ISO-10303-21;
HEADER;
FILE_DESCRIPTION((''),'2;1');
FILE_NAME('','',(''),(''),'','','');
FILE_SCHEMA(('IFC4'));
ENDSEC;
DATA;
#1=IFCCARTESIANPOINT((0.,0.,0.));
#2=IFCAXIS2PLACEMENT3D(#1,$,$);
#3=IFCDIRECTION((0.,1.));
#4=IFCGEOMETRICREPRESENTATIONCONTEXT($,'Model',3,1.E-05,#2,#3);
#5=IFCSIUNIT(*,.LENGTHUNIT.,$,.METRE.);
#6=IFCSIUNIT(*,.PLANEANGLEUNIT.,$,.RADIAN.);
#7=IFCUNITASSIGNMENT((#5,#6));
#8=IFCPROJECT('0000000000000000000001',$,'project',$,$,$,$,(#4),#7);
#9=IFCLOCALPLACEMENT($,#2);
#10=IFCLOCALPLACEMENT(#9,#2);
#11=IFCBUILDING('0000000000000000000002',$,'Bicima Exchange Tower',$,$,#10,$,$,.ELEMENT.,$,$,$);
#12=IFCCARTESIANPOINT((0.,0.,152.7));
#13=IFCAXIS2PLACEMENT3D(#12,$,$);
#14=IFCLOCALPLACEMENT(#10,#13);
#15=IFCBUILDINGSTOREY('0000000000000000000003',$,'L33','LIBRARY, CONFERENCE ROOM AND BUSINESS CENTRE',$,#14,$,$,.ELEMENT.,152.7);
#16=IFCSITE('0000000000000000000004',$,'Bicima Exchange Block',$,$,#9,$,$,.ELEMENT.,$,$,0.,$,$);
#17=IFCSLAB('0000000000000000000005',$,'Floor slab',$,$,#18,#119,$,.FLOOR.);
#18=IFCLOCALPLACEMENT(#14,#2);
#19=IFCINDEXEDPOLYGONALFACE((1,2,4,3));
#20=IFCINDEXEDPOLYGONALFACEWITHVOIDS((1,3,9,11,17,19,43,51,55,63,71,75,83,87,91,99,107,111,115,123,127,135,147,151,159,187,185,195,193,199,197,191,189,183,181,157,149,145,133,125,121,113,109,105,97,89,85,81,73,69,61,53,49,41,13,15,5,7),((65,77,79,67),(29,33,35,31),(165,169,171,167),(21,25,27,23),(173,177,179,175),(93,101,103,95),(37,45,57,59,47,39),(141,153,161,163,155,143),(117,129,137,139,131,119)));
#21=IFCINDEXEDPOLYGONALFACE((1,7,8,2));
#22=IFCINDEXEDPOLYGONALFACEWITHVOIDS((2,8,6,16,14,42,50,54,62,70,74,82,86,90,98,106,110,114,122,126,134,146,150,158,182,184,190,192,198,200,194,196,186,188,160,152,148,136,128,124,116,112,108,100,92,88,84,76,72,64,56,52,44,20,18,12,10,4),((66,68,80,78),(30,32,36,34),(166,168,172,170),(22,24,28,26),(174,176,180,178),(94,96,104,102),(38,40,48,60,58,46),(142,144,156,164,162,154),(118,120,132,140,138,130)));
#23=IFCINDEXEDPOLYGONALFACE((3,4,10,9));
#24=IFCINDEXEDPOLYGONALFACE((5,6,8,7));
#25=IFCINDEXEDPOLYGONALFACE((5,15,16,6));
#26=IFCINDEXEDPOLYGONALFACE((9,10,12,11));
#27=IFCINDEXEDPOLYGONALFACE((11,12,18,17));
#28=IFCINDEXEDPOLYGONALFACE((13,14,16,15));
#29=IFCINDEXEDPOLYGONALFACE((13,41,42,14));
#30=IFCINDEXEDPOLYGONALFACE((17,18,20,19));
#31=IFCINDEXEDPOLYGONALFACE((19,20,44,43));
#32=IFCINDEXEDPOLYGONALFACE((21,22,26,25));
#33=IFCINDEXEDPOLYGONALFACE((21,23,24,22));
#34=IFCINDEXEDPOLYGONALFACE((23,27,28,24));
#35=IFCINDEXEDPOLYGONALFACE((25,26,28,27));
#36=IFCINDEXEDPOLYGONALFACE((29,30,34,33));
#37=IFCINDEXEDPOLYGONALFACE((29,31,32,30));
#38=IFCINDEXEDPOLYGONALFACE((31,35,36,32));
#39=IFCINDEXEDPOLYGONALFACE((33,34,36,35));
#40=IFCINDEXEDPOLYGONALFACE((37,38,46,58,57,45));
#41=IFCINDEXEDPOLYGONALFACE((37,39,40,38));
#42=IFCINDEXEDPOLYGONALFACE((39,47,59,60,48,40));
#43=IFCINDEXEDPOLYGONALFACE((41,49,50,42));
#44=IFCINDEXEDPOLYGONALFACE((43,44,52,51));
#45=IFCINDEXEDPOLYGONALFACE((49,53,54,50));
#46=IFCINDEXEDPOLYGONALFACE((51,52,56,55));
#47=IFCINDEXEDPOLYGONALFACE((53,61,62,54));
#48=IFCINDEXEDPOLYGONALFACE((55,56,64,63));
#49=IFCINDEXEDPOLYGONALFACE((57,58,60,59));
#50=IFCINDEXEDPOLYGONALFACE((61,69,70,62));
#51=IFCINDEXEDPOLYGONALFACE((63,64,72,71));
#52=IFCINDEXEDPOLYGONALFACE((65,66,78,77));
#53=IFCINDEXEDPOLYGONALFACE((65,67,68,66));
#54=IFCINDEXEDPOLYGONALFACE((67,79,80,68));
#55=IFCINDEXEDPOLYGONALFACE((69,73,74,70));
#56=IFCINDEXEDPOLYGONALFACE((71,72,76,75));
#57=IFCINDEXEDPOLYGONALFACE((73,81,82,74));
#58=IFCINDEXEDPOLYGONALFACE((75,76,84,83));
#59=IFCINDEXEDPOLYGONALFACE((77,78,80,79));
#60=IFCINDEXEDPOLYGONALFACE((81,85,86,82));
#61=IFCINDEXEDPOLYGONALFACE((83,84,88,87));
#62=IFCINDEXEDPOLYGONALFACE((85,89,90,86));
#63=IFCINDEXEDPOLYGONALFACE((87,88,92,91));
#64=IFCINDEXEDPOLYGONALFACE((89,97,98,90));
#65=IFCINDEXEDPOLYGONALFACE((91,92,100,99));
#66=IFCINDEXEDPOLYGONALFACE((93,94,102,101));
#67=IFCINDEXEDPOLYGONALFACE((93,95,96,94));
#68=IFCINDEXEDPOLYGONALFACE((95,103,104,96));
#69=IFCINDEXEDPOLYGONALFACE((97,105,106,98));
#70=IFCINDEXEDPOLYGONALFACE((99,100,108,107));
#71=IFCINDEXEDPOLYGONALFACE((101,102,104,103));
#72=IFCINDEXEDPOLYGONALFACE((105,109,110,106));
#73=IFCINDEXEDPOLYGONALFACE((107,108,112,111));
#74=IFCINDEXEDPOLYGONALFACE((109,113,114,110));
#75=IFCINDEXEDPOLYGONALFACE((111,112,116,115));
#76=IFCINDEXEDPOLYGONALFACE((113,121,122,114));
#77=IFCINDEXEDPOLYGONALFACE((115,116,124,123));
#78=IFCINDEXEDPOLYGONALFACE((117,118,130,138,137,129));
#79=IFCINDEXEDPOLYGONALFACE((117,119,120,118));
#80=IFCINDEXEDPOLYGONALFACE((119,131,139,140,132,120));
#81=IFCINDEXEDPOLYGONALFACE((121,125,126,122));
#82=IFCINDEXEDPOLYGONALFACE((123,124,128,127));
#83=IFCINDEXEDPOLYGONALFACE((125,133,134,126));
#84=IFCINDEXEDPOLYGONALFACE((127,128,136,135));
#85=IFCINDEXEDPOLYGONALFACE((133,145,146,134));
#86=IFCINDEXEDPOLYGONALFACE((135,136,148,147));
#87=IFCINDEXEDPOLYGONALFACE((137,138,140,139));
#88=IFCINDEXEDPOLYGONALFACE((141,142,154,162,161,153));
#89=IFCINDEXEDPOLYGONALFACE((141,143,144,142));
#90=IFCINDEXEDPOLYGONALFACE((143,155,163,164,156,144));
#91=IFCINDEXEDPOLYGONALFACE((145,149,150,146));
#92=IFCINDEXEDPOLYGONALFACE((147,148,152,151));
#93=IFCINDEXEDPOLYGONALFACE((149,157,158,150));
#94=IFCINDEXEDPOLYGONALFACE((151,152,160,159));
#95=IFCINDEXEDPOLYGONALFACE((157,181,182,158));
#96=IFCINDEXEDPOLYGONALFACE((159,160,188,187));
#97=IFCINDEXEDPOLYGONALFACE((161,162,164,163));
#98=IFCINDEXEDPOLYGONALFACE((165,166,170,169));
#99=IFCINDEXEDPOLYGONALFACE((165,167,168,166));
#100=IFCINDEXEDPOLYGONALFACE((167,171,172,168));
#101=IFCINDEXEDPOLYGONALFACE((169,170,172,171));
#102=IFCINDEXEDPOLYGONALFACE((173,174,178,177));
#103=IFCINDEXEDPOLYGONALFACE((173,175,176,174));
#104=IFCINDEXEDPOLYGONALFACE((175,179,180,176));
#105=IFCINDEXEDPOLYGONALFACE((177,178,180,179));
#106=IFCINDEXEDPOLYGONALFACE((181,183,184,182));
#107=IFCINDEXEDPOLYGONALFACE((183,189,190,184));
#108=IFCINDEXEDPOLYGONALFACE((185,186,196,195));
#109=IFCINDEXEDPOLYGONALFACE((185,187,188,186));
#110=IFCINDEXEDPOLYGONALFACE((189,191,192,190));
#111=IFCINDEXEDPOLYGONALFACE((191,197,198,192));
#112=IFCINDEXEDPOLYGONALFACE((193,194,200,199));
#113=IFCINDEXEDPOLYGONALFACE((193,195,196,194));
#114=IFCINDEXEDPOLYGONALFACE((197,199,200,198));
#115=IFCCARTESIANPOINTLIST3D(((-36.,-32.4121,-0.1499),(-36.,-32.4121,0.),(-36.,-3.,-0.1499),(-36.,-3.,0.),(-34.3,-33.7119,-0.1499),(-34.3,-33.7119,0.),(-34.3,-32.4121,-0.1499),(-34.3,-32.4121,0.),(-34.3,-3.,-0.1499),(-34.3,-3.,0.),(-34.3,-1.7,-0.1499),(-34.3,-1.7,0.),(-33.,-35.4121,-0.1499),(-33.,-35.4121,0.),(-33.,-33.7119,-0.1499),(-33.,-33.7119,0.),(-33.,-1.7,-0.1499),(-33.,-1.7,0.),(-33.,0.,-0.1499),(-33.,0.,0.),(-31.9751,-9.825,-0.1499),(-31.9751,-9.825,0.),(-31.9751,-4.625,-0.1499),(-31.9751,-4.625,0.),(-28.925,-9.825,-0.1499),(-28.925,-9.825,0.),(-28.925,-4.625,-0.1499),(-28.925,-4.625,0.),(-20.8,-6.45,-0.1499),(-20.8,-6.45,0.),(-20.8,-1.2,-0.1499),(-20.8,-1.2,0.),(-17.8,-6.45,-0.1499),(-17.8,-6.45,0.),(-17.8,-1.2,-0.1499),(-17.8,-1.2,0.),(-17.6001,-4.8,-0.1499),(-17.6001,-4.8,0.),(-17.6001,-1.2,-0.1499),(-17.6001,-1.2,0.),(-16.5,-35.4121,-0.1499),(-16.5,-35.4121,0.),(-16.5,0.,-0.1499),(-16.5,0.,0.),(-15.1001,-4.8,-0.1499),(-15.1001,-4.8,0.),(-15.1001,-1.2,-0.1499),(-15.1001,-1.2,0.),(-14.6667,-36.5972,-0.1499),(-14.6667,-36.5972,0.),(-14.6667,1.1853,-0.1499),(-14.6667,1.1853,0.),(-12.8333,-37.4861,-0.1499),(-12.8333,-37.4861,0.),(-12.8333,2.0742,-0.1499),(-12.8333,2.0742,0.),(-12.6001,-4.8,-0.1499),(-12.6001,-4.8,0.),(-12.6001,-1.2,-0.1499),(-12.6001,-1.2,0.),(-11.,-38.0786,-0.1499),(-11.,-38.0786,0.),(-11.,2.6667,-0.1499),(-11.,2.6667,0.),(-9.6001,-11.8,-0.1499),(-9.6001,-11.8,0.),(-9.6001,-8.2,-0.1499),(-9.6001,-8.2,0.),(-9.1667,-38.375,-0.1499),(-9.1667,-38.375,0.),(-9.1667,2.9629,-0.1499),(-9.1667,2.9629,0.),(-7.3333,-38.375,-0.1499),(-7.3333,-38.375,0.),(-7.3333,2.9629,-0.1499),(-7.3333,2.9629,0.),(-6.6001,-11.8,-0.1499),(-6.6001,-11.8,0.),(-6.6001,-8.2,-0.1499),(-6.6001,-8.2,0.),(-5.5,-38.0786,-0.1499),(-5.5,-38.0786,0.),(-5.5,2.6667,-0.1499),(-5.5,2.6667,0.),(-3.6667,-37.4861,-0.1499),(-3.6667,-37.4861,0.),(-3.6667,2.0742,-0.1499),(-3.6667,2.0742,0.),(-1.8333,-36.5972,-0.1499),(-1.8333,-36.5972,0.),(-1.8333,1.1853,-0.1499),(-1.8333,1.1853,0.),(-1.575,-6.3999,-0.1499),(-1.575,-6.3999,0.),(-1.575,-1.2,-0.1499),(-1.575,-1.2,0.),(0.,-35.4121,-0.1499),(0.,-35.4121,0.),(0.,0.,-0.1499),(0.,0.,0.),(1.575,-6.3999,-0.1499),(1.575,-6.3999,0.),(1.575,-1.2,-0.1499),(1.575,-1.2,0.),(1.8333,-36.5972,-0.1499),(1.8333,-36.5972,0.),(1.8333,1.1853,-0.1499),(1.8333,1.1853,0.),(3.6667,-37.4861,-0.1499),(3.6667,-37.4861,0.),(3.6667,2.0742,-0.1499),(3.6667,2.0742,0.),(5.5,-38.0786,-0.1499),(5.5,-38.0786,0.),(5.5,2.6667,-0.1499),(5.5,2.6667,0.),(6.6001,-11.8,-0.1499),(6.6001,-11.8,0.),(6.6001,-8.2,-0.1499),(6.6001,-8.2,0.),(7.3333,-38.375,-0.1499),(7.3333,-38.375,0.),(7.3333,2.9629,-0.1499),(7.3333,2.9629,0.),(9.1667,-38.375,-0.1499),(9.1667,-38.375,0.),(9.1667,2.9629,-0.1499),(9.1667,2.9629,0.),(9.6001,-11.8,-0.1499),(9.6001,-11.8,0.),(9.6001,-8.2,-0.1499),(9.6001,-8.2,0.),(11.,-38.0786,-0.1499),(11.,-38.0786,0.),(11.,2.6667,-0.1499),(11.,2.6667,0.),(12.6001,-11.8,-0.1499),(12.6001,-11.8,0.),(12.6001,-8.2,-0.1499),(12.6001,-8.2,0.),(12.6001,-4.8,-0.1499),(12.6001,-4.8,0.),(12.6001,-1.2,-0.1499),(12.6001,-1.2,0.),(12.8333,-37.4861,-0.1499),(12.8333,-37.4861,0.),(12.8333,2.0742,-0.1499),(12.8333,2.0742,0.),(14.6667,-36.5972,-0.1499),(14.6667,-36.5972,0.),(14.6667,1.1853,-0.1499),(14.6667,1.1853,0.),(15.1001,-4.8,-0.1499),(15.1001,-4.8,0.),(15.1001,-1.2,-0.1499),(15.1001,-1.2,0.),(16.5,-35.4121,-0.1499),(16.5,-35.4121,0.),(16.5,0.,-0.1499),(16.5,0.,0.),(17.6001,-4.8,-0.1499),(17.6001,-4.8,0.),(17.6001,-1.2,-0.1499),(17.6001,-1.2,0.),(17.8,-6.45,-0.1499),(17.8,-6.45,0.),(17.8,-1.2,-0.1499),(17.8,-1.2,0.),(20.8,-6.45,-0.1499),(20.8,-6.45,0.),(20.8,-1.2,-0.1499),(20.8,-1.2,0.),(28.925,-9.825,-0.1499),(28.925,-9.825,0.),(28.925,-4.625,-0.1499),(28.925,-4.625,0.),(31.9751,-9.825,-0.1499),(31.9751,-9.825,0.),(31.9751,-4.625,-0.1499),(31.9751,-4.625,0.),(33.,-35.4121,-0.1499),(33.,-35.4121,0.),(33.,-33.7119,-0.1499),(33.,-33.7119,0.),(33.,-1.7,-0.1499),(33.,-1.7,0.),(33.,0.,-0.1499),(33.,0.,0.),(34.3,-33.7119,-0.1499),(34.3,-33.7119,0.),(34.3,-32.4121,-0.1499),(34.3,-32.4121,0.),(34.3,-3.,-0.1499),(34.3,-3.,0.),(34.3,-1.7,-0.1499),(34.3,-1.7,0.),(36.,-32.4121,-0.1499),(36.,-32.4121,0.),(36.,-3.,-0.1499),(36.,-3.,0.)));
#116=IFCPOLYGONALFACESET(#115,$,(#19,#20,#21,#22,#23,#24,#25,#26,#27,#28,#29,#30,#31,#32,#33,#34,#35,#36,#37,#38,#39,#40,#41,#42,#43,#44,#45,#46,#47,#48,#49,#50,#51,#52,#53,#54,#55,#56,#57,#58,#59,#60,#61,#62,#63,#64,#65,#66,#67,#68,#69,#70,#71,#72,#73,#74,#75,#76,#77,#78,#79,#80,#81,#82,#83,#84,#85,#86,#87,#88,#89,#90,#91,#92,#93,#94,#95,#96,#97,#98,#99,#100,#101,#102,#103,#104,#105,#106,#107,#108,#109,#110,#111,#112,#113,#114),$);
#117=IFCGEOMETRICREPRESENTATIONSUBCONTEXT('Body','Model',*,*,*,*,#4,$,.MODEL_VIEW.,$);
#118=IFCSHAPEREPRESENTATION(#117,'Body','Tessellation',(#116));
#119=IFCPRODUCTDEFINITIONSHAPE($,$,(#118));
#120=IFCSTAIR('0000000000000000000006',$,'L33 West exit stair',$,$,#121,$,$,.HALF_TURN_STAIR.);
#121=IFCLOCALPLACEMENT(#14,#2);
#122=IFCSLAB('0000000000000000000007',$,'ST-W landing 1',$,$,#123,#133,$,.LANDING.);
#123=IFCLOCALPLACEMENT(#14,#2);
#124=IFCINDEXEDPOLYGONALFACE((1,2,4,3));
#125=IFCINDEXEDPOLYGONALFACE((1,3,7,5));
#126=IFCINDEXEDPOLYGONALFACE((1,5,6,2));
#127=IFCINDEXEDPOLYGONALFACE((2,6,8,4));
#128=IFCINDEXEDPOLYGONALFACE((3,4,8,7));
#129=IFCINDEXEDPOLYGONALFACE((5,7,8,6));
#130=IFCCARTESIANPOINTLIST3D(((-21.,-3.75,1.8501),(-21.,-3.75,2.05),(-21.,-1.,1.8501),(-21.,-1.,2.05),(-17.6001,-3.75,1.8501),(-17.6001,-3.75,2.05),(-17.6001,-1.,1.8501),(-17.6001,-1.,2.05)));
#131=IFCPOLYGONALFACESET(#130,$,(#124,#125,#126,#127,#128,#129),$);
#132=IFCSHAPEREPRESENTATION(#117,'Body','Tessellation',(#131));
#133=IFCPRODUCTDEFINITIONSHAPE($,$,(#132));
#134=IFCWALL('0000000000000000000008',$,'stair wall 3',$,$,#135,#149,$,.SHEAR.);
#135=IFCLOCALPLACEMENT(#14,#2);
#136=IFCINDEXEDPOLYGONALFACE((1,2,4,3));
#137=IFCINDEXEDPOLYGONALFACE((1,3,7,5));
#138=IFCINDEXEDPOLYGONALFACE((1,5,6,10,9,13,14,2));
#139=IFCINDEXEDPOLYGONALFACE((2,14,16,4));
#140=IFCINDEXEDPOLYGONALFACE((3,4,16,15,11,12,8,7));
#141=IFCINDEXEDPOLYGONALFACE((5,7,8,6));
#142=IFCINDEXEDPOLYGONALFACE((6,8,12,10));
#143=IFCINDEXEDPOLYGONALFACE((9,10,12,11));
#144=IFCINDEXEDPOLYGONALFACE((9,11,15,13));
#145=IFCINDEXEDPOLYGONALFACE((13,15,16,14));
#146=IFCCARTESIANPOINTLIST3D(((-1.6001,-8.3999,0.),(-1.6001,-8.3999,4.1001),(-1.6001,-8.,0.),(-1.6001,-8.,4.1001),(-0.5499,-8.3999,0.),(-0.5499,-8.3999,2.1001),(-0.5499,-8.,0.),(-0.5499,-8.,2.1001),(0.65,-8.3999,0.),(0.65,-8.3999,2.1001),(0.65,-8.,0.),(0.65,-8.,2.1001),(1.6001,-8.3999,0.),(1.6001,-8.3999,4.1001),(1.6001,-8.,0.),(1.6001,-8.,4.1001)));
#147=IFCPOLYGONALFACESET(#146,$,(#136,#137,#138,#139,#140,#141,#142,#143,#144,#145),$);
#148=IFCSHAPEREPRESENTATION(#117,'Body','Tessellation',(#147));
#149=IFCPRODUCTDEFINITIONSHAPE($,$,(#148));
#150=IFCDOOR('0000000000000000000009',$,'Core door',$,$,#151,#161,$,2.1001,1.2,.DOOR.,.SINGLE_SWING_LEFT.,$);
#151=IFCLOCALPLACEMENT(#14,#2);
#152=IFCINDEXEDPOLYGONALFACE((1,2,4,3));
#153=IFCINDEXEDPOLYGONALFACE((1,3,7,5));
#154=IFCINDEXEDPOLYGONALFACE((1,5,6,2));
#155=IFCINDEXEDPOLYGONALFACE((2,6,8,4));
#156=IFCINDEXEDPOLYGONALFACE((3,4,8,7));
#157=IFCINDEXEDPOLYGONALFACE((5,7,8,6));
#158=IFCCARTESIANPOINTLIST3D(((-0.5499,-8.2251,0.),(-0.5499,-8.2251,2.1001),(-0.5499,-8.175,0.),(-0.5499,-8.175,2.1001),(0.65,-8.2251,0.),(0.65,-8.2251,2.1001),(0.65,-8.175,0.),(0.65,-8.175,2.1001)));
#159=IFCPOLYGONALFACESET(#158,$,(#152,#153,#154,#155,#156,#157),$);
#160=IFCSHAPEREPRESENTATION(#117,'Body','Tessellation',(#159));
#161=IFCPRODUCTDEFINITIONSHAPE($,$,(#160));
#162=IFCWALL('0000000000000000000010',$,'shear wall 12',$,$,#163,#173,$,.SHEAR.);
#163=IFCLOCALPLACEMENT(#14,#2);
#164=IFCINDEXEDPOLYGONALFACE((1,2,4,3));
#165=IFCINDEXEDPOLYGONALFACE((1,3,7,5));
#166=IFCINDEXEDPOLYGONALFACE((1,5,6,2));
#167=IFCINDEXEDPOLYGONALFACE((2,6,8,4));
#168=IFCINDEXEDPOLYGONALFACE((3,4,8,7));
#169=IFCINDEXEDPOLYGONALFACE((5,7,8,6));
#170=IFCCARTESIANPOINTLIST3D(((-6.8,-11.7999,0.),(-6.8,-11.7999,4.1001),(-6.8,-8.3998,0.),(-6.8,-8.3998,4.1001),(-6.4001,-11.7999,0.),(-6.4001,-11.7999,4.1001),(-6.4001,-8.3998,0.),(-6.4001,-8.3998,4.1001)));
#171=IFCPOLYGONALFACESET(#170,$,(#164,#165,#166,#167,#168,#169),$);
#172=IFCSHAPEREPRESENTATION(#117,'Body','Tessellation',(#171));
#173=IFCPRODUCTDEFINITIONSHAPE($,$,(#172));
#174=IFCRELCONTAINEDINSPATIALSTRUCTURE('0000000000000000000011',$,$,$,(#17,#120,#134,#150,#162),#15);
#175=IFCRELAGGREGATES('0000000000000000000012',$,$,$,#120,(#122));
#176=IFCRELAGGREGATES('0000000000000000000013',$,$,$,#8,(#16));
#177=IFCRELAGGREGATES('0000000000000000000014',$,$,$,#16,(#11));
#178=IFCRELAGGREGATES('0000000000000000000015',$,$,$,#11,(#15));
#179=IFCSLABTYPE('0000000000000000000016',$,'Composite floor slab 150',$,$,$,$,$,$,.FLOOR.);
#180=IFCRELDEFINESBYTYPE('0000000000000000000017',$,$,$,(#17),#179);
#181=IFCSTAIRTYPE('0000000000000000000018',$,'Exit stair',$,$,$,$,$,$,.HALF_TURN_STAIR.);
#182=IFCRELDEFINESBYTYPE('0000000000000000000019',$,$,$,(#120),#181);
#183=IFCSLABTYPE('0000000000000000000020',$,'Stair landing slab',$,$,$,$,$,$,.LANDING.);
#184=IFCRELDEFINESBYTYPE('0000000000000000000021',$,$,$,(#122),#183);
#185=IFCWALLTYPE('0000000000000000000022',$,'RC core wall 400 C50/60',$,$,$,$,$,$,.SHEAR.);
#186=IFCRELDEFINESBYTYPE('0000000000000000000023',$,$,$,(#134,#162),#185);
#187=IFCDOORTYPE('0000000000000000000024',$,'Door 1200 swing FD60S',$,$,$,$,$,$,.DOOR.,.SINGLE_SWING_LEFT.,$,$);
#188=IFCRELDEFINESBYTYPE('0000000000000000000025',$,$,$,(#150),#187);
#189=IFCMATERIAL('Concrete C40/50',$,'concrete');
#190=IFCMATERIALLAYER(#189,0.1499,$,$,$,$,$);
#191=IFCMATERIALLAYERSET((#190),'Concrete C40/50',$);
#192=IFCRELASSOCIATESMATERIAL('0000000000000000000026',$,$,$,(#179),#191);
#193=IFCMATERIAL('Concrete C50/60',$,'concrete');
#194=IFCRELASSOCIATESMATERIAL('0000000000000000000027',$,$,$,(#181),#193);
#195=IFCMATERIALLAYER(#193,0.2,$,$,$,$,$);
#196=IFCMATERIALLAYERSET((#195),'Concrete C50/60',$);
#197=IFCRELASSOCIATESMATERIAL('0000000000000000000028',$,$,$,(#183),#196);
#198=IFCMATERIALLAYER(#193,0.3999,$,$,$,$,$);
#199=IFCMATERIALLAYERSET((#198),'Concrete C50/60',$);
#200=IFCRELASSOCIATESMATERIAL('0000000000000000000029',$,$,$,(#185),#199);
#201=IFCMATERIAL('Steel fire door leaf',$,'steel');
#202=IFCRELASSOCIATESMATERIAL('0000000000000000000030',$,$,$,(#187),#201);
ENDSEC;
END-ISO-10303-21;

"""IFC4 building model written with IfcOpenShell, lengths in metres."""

from ifc_helpers import new_model, si_unit, direction, frame, frame_2d, origin, place, context, subcontext, project, spatial, polyline, rectangle, outline, extrude, material, layer, layer_set, type_object, element, fill, aggregate, save


model = new_model("IFC4")

# Units and contexts
model_context = context("Model", 3, precision=1e-05, world=origin(), true_north=direction((0.0, 1.0)))
body_context = subcontext(model_context, "Body", "Model", "MODEL_VIEW")
ifc_project = project(units=[si_unit("LENGTHUNIT", "METRE"), si_unit("PLANEANGLEUNIT", "RADIAN")], contexts=[model_context])

# Site, building, storey
site_placement = place(None, origin())
site = spatial("IfcSite", under=ifc_project, at=site_placement, Name="Bicima Exchange Block", CompositionType="ELEMENT", RefElevation=0.0)
building_placement = place(site_placement, origin())
building = spatial("IfcBuilding", under=site, at=building_placement, Name="Bicima Exchange Tower", CompositionType="ELEMENT")
storey_placement = place(building_placement, frame((0.0, 0.0, 152.7)))
storey = spatial("IfcBuildingStorey", under=building, at=storey_placement, Name="L33", Description="LIBRARY, CONFERENCE ROOM AND BUSINESS CENTRE", CompositionType="ELEMENT", Elevation=152.7)

# Slab
ifc_material_1 = material(Name="Concrete C40/50", Category="concrete")
ifc_layer_1 = layer(ifc_material_1, 0.1499)
ifc_layer_set_1 = layer_set([ifc_layer_1], Name="Concrete C40/50")
slab_type_1 = type_object("IfcSlabType", Name="Composite floor slab 150", PredefinedType="FLOOR", material=ifc_layer_set_1)
slab_1_placement = place(storey_placement, frame((0.0, 0.0, -0.1499)))
element("IfcSlab", 1, at=slab_1_placement, inside=storey, type_object=slab_type_1, Name="Floor slab", PredefinedType="FLOOR", context=body_context, shape_type="SweptSolid", body=[
    extrude(outline(polyline([(-36.0, -32.4121), (-36.0, -3.0), (-34.3, -3.0), (-34.3, -1.7), (-33.0, -1.7), (-33.0, 0.0), (-16.5, 0.0), (-14.6667, 1.1853), (-12.8333, 2.0742), (-11.0, 2.6667), (-9.1667, 2.9629), (-7.3333, 2.9629), (-5.5, 2.6667), (-3.6667, 2.0742), (-1.8333, 1.1853), (0.0, 0.0), (1.8333, 1.1853), (3.6667, 2.0742), (5.5, 2.6667), (7.3333, 2.9629), (9.1667, 2.9629), (11.0, 2.6667), (12.8333, 2.0742), (14.6667, 1.1853), (16.5, 0.0), (33.0, 0.0), (33.0, -1.7), (34.3, -1.7), (34.3, -3.0), (36.0, -3.0), (36.0, -32.4121), (34.3, -32.4121), (34.3, -33.7119), (33.0, -33.7119), (33.0, -35.4121), (16.5, -35.4121), (14.6667, -36.5972), (12.8333, -37.4861), (11.0, -38.0786), (9.1667, -38.375), (7.3333, -38.375), (5.5, -38.0786), (3.6667, -37.4861), (1.8333, -36.5972), (0.0, -35.4121), (-1.8333, -36.5972), (-3.6667, -37.4861), (-5.5, -38.0786), (-7.3333, -38.375), (-9.1667, -38.375), (-11.0, -38.0786), (-12.8333, -37.4861), (-14.6667, -36.5972), (-16.5, -35.4121), (-33.0, -35.4121), (-33.0, -33.7119), (-34.3, -33.7119), (-34.3, -32.4121), (-36.0, -32.4121)]), holes=[polyline([(-6.6001, -11.8), (-6.6001, -8.2), (-9.6001, -8.2), (-9.6001, -11.8), (-6.6001, -11.8)]), polyline([(-31.9751, -9.825), (-28.925, -9.825), (-28.925, -4.625), (-31.9751, -4.625), (-31.9751, -9.825)]), polyline([(-20.8, -6.45), (-17.8, -6.45), (-17.8, -1.2), (-20.8, -1.2), (-20.8, -6.45)]), polyline([(1.575, -6.3999), (1.575, -1.2), (-1.575, -1.2), (-1.575, -6.3999), (1.575, -6.3999)]), polyline([(-12.6001, -4.8), (-12.6001, -1.2), (-15.1001, -1.2), (-17.6001, -1.2), (-17.6001, -4.8), (-15.1001, -4.8), (-12.6001, -4.8)]), polyline([(12.6001, -8.2), (9.6001, -8.2), (6.6001, -8.2), (6.6001, -11.8), (9.6001, -11.8), (12.6001, -11.8), (12.6001, -8.2)]), polyline([(28.925, -9.825), (31.9751, -9.825), (31.9751, -4.625), (28.925, -4.625), (28.925, -9.825)]), polyline([(20.8, -6.45), (20.8, -1.2), (17.8, -1.2), (17.8, -6.45), (20.8, -6.45)]), polyline([(17.6001, -4.8), (17.6001, -1.2), (15.1001, -1.2), (12.6001, -1.2), (12.6001, -4.8), (15.1001, -4.8), (17.6001, -4.8)])]), origin(), (0.0, 0.0, 1.0), 0.1499),
])

# Stair, slab
ifc_material_2 = material(Name="Concrete C50/60", Category="concrete")
stair_type_1 = type_object("IfcStairType", Name="Exit stair", PredefinedType="HALF_TURN_STAIR", material=ifc_material_2)
stair_1_placement = place(storey_placement, origin())
stair_1 = element("IfcStair", 2, at=stair_1_placement, inside=storey, type_object=stair_type_1, Name="L33 West exit stair", PredefinedType="HALF_TURN_STAIR")
ifc_layer_2 = layer(ifc_material_2, 0.2)
ifc_layer_set_2 = layer_set([ifc_layer_2], Name="Concrete C50/60")
slab_type_2 = type_object("IfcSlabType", Name="Stair landing slab", PredefinedType="LANDING", material=ifc_layer_set_2)
slab_2_placement = place(storey_placement, frame((0.0, 0.0, 1.8501)))
slab_2 = element("IfcSlab", 3, at=slab_2_placement, type_object=slab_type_2, Name="ST-W landing 1", PredefinedType="LANDING", context=body_context, shape_type="SweptSolid", body=[
    extrude(outline(polyline([(-17.6001, -3.75), (-17.6001, -1.0), (-21.0, -1.0), (-21.0, -3.75), (-17.6001, -3.75)])), origin(), (0.0, 0.0, 1.0), 0.2),
])
aggregate(stair_1, [slab_2])

# Wall, opening, door
ifc_layer_3 = layer(ifc_material_2, 0.3999)
ifc_layer_set_3 = layer_set([ifc_layer_3], Name="Concrete C50/60")
wall_type_1 = type_object("IfcWallType", Name="RC core wall 400 C50/60", PredefinedType="SHEAR", material=ifc_layer_set_3)
wall_1_placement = place(storey_placement, frame((-1.6001, -8.2, 0.0), z_axis=(0.0, 0.0, 1.0), x_axis=(1.0, 0.0, 0.0)))
wall_1 = element("IfcWall", 4, at=wall_1_placement, inside=storey, type_object=wall_type_1, Name="stair wall 3", PredefinedType="SHEAR", context=body_context, shape_type="SweptSolid", body=[
    extrude(rectangle(XDim=3.2002, YDim=0.3999, at=frame_2d((1.6001, 0.0))), origin(), (0.0, 0.0, 1.0), 4.1001),
])
opening_1_placement = place(wall_1_placement, frame((1.05, 0.0, 0.0)))
opening_1 = element("IfcOpeningElement", 5, at=opening_1_placement, cuts=wall_1, PredefinedType="OPENING", context=body_context, shape_type="SweptSolid", body=[
    extrude(rectangle(XDim=1.2, YDim=2.1001, at=frame_2d((0.6001, 1.05))), frame((0.0, 0.2119, 0.0), z_axis=(0.0, -1.0, 0.0), x_axis=(1.0, 0.0, 0.0)), (0.0, 0.0, 1.0), 0.4238),
])
ifc_material_3 = material(Name="Steel fire door leaf", Category="steel")
door_type_1 = type_object("IfcDoorType", Name="Door 1200 swing FD60S", OperationType="SINGLE_SWING_LEFT", PredefinedType="DOOR", material=ifc_material_3)
door_1_placement = place(opening_1_placement, origin())
door_1 = element("IfcDoor", 6, at=door_1_placement, inside=storey, type_object=door_type_1, Name="Core door", OperationType="SINGLE_SWING_LEFT", OverallHeight=2.1001, OverallWidth=1.2, PredefinedType="DOOR", context=body_context, shape_type="SweptSolid", body=[
    extrude(rectangle(XDim=1.2, YDim=2.1001, at=frame_2d((0.6001, 1.05))), frame((0.0, 0.0249, 0.0), z_axis=(0.0, -1.0, 0.0), x_axis=(1.0, 0.0, 0.0)), (0.0, 0.0, 1.0), 0.05),
])
fill(opening_1, door_1)

# Wall
wall_2_placement = place(storey_placement, frame((-6.6001, -11.8, 0.0), z_axis=(0.0, 0.0, 1.0), x_axis=(0.0, 1.0, 0.0)))
element("IfcWall", 7, at=wall_2_placement, inside=storey, type_object=wall_type_1, Name="shear wall 12", PredefinedType="SHEAR", context=body_context, shape_type="SweptSolid", body=[
    extrude(rectangle(XDim=3.4001, YDim=0.3999, at=frame_2d((1.7002, 0.0))), origin(), (0.0, 0.0, 1.0), 4.1001),
])

save(model, "model.ifc")
